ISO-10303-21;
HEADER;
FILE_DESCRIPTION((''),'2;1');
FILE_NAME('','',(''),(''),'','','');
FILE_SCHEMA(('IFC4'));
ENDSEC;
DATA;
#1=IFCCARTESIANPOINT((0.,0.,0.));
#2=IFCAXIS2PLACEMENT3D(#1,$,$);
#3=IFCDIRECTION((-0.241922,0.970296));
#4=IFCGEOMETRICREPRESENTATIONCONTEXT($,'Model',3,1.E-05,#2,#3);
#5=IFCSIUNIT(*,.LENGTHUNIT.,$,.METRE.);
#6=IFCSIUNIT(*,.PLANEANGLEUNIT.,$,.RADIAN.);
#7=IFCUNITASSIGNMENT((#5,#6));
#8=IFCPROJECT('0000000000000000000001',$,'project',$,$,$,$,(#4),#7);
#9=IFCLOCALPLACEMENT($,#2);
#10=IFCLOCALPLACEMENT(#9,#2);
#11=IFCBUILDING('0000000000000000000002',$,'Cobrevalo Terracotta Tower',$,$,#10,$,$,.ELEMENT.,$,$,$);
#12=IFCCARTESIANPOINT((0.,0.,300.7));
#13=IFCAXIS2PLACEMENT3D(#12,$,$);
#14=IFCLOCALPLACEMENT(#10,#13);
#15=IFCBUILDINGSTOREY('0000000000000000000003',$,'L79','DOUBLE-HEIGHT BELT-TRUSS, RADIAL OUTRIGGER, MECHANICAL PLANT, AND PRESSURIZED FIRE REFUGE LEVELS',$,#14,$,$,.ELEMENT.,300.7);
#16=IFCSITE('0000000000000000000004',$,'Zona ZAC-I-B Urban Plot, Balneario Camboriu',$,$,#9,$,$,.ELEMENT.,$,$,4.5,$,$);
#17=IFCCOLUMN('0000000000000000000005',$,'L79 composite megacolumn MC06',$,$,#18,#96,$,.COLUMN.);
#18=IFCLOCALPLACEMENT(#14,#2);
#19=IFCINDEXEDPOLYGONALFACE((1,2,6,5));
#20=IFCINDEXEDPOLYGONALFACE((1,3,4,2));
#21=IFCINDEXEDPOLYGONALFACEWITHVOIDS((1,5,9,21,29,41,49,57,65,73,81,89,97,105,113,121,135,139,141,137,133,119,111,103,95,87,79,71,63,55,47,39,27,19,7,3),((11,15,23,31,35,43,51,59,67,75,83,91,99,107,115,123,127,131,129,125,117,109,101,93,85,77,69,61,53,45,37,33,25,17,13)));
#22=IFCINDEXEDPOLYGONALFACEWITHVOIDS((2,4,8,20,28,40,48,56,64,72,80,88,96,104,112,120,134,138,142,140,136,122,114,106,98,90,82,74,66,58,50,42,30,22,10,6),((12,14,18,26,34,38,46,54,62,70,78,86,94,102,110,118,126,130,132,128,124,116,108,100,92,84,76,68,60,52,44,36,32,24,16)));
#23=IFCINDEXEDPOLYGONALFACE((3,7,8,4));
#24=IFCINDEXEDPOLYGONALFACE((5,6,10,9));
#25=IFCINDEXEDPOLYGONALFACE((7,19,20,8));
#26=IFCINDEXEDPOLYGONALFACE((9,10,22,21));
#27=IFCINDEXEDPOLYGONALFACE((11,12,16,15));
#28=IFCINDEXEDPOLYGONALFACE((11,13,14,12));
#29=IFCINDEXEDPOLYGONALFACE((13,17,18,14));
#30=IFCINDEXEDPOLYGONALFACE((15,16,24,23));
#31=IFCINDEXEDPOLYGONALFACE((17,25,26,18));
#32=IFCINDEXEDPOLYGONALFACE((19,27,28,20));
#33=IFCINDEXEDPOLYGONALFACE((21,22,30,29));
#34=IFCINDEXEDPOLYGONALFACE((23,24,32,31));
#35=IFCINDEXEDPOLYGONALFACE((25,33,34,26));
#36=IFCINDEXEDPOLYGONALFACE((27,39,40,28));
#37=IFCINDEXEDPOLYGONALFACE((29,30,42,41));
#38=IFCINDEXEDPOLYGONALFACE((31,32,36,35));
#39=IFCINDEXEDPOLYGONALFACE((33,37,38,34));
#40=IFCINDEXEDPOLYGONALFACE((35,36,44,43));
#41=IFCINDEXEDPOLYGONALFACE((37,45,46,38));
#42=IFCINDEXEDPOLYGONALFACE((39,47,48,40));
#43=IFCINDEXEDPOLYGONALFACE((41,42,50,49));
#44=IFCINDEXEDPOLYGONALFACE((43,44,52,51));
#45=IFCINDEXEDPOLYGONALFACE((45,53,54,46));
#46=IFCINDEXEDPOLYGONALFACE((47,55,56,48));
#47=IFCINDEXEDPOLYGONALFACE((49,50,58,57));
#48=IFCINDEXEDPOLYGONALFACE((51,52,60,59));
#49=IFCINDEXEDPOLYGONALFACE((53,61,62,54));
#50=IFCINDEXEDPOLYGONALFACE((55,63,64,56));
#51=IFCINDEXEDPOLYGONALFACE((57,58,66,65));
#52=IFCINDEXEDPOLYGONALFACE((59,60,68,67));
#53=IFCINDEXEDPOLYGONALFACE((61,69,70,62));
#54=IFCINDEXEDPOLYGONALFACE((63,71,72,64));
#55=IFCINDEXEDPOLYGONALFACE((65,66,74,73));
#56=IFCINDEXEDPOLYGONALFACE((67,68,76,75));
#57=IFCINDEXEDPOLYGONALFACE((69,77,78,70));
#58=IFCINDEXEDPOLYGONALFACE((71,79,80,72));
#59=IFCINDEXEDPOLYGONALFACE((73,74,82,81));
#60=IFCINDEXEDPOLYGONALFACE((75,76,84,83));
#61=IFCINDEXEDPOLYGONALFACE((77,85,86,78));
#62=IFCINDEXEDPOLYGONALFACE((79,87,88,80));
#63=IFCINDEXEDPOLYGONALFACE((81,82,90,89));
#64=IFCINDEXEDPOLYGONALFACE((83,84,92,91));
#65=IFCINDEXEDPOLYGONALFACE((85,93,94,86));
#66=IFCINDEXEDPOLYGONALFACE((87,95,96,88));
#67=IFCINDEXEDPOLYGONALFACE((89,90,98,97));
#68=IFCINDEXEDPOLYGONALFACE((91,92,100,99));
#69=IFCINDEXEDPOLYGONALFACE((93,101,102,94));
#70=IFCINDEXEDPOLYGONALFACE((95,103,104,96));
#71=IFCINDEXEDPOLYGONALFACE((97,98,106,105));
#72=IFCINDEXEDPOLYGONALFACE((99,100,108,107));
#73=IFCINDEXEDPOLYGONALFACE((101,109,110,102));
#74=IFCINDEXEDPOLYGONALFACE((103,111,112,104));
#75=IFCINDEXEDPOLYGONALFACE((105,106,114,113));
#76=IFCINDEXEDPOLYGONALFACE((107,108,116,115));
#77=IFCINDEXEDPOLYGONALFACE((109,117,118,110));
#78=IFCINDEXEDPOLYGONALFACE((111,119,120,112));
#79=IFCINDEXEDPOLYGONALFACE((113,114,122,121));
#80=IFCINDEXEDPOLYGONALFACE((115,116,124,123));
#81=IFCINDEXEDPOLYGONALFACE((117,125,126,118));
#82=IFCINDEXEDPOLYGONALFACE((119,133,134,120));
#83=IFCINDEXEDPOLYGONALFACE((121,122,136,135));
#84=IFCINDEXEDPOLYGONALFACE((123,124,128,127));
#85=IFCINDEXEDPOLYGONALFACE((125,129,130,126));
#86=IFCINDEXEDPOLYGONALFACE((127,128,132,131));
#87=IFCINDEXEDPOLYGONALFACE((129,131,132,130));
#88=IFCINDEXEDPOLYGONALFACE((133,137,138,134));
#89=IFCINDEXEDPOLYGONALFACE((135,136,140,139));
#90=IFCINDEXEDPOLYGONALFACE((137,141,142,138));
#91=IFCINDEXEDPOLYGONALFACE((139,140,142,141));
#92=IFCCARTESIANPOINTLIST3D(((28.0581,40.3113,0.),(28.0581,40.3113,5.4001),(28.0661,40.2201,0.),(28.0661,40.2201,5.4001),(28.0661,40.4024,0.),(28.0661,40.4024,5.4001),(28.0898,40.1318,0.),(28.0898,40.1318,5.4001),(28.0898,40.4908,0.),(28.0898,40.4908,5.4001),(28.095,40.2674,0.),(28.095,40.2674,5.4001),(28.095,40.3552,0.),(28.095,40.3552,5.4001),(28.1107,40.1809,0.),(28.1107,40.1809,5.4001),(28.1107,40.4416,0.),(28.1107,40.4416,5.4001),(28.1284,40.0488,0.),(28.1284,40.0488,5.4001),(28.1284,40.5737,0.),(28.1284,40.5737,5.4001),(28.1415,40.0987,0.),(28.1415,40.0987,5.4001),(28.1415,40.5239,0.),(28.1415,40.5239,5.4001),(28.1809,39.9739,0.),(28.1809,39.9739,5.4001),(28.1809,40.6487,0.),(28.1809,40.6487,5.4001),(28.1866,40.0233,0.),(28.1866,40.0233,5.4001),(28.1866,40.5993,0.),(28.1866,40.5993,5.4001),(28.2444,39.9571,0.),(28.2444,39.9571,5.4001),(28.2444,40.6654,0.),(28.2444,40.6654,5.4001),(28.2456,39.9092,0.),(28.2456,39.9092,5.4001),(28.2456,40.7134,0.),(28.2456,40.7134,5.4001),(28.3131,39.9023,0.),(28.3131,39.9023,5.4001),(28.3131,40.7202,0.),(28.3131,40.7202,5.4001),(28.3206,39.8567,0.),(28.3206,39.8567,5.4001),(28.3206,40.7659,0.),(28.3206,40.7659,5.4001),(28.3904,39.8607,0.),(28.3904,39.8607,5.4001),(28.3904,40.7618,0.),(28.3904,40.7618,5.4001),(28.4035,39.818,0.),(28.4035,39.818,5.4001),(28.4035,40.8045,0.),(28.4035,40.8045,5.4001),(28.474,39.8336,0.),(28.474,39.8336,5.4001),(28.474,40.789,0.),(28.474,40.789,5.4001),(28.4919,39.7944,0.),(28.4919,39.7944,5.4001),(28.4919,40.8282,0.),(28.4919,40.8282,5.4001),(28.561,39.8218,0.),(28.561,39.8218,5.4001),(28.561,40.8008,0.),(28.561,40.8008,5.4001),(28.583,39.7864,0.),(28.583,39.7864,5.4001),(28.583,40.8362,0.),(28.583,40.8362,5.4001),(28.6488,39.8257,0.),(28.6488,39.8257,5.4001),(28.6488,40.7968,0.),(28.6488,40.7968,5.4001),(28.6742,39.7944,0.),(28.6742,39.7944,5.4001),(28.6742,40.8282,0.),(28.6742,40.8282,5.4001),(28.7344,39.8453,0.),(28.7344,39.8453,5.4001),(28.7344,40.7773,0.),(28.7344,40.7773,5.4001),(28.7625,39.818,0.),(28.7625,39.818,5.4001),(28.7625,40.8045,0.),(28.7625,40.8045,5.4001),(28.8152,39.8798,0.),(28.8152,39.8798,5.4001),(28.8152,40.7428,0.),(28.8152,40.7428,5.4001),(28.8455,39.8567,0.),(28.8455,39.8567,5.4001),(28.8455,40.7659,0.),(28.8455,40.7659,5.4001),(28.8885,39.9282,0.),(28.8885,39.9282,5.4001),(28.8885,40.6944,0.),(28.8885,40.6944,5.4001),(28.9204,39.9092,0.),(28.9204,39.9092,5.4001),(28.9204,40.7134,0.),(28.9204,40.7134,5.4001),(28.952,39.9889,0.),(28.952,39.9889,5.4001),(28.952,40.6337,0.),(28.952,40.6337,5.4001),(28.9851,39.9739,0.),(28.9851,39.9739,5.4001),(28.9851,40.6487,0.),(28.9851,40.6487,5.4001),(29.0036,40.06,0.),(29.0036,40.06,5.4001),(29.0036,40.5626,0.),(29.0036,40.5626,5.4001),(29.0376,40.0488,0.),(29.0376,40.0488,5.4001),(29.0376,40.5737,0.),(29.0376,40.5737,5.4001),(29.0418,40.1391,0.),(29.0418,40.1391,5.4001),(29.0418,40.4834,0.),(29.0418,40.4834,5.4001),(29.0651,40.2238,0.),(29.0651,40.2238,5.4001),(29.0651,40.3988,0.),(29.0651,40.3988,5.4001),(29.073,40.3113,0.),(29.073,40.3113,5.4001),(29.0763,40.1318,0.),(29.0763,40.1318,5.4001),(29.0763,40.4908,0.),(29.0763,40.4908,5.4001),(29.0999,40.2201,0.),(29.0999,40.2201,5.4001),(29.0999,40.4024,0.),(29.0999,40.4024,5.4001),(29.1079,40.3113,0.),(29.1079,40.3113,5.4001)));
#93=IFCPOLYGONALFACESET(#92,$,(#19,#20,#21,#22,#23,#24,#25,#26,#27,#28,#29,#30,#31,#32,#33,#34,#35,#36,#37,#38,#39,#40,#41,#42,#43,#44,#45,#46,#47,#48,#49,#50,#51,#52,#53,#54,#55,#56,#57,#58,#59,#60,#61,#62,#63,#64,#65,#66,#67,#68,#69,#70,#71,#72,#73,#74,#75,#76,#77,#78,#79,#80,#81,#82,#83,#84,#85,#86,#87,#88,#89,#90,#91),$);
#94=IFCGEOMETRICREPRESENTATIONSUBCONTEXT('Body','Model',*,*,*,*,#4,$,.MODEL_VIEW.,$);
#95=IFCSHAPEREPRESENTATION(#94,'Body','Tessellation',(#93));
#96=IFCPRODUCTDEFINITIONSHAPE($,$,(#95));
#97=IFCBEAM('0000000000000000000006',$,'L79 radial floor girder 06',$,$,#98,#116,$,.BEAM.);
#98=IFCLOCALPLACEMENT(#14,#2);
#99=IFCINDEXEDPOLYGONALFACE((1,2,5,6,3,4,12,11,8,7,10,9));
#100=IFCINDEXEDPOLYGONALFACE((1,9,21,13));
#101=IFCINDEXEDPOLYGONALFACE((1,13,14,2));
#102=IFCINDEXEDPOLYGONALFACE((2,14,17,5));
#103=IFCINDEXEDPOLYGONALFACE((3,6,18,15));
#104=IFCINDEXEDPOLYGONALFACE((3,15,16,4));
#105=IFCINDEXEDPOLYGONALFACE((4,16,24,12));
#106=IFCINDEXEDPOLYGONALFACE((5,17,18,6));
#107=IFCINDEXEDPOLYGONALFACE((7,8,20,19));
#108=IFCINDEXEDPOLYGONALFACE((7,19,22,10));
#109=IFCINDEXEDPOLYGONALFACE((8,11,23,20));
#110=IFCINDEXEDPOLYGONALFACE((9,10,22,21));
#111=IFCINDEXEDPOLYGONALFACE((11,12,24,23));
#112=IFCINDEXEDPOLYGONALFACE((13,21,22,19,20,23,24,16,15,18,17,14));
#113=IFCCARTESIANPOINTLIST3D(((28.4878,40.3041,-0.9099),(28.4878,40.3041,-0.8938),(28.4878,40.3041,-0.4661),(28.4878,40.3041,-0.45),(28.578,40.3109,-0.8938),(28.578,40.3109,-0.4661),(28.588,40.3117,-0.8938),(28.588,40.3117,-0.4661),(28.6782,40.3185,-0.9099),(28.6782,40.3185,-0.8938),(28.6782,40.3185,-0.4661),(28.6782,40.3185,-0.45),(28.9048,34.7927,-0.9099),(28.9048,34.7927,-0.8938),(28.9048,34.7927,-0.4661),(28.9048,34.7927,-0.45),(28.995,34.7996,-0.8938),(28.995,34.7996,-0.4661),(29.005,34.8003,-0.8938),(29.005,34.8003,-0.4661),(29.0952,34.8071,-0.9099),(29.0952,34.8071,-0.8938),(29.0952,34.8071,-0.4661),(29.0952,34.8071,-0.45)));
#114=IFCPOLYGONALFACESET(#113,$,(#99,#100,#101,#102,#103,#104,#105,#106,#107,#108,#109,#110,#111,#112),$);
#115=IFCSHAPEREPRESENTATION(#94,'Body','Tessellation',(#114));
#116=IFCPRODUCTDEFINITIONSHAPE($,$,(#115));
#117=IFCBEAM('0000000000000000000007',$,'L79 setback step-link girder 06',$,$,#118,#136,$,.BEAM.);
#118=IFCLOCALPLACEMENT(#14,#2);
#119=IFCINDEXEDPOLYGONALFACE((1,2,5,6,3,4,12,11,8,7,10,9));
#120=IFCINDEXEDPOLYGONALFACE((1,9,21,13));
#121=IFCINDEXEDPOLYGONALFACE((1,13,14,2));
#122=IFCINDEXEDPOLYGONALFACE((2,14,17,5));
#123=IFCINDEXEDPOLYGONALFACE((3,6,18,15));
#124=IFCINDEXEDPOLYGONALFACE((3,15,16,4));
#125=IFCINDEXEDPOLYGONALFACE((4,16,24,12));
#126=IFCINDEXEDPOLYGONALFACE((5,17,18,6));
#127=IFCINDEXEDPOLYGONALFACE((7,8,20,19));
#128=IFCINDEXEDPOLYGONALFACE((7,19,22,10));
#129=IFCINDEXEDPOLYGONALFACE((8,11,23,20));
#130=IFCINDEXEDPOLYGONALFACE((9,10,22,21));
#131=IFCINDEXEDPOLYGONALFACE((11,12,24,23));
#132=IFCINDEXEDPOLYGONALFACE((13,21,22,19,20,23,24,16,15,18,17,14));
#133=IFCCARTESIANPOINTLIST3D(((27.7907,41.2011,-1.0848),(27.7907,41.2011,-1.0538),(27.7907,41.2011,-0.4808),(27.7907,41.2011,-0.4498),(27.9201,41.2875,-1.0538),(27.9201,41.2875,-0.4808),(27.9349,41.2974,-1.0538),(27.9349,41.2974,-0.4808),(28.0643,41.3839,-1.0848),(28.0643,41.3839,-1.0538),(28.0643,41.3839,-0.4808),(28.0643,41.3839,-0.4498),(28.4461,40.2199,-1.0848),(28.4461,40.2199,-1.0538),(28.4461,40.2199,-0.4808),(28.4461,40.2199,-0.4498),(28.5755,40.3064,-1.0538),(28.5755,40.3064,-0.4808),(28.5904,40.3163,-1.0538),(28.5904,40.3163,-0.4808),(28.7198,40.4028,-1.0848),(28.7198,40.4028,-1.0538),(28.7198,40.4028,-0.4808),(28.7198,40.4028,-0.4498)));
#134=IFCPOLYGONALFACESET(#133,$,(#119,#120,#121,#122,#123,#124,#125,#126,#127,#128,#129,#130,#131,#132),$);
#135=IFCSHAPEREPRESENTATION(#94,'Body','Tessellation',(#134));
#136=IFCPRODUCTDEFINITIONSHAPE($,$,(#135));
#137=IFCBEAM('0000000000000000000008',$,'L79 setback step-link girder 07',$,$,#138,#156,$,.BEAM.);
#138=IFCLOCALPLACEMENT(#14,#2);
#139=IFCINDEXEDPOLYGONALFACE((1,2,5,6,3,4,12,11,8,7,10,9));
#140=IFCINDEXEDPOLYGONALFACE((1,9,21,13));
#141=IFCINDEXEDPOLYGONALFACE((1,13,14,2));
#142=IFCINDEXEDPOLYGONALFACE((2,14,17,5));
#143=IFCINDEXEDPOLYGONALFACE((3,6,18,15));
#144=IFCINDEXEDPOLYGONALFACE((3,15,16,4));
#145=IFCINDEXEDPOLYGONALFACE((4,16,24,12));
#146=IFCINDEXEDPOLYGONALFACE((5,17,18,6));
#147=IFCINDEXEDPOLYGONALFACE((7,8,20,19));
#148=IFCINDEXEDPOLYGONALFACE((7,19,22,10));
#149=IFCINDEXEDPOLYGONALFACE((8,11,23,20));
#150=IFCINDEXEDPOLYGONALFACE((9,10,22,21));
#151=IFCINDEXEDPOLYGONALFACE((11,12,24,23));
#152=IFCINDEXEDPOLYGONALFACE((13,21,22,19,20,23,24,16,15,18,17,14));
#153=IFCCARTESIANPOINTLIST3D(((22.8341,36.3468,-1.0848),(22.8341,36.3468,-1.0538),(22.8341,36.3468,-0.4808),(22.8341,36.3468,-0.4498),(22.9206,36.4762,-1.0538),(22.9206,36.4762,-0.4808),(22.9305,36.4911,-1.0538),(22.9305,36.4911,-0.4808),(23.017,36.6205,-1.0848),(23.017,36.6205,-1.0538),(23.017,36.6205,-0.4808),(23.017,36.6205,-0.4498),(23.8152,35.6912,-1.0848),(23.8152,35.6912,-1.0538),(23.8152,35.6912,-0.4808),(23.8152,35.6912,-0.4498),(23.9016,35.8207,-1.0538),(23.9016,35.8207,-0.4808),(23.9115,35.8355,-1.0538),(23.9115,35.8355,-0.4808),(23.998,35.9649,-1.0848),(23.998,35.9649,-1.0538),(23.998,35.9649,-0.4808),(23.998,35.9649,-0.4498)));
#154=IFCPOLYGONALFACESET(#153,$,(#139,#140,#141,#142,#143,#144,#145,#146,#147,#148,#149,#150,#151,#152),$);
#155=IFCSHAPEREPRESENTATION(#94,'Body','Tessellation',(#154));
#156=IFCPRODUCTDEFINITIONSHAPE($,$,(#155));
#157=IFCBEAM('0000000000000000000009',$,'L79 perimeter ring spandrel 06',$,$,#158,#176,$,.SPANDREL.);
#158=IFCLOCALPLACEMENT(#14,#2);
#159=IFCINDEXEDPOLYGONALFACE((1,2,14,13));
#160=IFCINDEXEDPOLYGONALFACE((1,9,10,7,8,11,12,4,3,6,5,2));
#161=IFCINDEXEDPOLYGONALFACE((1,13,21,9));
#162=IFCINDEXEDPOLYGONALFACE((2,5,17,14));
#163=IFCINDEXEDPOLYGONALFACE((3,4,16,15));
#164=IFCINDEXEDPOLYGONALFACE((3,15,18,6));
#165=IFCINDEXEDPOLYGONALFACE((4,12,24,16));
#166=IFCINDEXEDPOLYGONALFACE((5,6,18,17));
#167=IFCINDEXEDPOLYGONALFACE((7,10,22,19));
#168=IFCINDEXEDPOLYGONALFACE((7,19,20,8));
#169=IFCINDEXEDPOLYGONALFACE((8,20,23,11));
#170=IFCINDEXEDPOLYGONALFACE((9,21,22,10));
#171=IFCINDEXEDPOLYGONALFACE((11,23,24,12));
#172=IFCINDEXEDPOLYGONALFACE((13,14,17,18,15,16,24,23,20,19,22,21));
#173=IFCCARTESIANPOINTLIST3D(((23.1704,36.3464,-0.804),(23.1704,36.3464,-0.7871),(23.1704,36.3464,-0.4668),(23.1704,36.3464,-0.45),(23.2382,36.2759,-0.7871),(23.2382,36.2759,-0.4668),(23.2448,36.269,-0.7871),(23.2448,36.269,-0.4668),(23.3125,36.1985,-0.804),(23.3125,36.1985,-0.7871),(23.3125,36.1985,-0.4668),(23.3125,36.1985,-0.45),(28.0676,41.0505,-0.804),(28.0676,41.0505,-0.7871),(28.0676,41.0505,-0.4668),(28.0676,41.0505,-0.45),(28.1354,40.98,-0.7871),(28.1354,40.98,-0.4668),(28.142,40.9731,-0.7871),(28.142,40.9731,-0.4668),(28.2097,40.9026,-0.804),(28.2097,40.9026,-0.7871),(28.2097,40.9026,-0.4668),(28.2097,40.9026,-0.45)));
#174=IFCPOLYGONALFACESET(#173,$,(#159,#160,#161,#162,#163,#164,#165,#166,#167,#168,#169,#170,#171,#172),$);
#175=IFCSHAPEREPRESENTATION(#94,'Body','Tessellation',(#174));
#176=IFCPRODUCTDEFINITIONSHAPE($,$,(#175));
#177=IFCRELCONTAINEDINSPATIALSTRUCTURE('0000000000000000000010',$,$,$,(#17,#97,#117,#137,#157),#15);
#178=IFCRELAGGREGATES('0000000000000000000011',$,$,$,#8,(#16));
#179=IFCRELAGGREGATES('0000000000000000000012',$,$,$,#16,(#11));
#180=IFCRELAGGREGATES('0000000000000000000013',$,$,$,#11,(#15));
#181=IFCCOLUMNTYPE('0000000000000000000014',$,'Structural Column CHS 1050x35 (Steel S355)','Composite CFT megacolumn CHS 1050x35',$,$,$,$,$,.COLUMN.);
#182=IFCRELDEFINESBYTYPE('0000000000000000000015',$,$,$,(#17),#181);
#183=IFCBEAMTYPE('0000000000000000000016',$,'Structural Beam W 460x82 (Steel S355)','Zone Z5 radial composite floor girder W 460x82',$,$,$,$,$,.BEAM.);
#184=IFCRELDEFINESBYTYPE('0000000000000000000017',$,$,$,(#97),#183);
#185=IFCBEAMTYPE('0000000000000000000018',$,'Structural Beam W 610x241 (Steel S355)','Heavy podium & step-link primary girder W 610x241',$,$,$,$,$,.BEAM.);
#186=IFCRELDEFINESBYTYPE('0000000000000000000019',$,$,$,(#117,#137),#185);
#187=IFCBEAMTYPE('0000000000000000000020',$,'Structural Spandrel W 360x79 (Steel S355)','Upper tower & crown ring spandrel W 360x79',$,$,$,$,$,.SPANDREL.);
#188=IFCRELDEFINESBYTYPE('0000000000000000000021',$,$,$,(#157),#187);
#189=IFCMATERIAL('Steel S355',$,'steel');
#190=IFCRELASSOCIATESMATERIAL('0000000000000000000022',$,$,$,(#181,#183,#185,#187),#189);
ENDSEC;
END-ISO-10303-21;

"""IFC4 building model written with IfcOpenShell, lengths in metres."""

from ifc_helpers import new_model, si_unit, direction, frame, origin, origin_2d, place, context, subcontext, project, spatial, hollow_circle, i_section, extrude, material, material_profile, profile_set, type_object, element, save


model = new_model("IFC4")

# Units and contexts
model_context = context("Model", 3, precision=1e-05, world=origin(), true_north=direction((-0.241922, 0.970296)))
body_context = subcontext(model_context, "Body", "Model", "MODEL_VIEW")
ifc_project = project(units=[si_unit("LENGTHUNIT", "METRE"), si_unit("PLANEANGLEUNIT", "RADIAN")], contexts=[model_context])

# Site, building, storey
site_placement = place(None, origin())
site = spatial("IfcSite", under=ifc_project, at=site_placement, Name="Zona ZAC-I-B Urban Plot, Balneario Camboriu", CompositionType="ELEMENT", RefElevation=4.5)
building_placement = place(site_placement, origin())
building = spatial("IfcBuilding", under=site, at=building_placement, Name="Cobrevalo Terracotta Tower", CompositionType="ELEMENT")
storey_placement = place(building_placement, frame((0.0, 0.0, 300.7)))
storey = spatial("IfcBuildingStorey", under=building, at=storey_placement, Name="L79", Description="DOUBLE-HEIGHT BELT-TRUSS, RADIAL OUTRIGGER, MECHANICAL PLANT, AND PRESSURIZED FIRE REFUGE LEVELS", CompositionType="ELEMENT", Elevation=300.7)

# Column
ifc_material_1 = material(Name="Steel S355", Category="steel")
ifc_material_profile_1 = material_profile(ifc_material_1, hollow_circle(Radius=0.5249, WallThickness=0.0349, at=origin_2d()), Name="CHS 1050x35")
ifc_profile_set_1 = profile_set([ifc_material_profile_1], Name="Steel S355")
column_type = type_object("IfcColumnType", Name="Structural Column CHS 1050x35 (Steel S355)", Description="Composite CFT megacolumn CHS 1050x35", PredefinedType="COLUMN", material=ifc_profile_set_1)
column_placement = place(storey_placement, frame((28.583, 40.3113, 0.0), z_axis=(0.0, 0.0, 1.0), x_axis=(1.0, 0.0, 0.0)))
element("IfcColumn", 1, at=column_placement, inside=storey, type_object=column_type, Name="L79 composite megacolumn MC06", PredefinedType="COLUMN", context=body_context, shape_type="SweptSolid", body=[
    extrude(hollow_circle(Radius=0.5249, WallThickness=0.0349, at=origin_2d()), origin(), (0.0, 0.0, 1.0), 5.4001),
])

# Beams
ifc_material_profile_2 = material_profile(ifc_material_1, i_section(OverallWidth=0.1909, OverallDepth=0.46, WebThickness=0.01, FlangeThickness=0.0161, at=origin_2d()), Name="W 460x82")
ifc_profile_set_2 = profile_set([ifc_material_profile_2], Name="Steel S355")
beam_type_1 = type_object("IfcBeamType", Name="Structural Beam W 460x82 (Steel S355)", Description="Zone Z5 radial composite floor girder W 460x82", PredefinedType="BEAM", material=ifc_profile_set_2)
beam_1_placement = place(storey_placement, frame((28.583, 40.3113, -0.6799), z_axis=(0.075447, -0.99715, 0.0), x_axis=(0.99715, 0.075447, 0.0)))
element("IfcBeam", 2, at=beam_1_placement, inside=storey, type_object=beam_type_1, Name="L79 radial floor girder 06", PredefinedType="BEAM", context=body_context, shape_type="SweptSolid", body=[
    extrude(i_section(OverallWidth=0.1909, OverallDepth=0.46, WebThickness=0.01, FlangeThickness=0.0161, at=origin_2d()), origin(), (0.0, 0.0, 1.0), 5.5271),
])
ifc_material_profile_3 = material_profile(ifc_material_1, i_section(OverallWidth=0.3291, OverallDepth=0.635, WebThickness=0.0178, FlangeThickness=0.031, at=origin_2d()), Name="W 610x241")
ifc_profile_set_3 = profile_set([ifc_material_profile_3], Name="Steel S355")
beam_type_2 = type_object("IfcBeamType", Name="Structural Beam W 610x241 (Steel S355)", Description="Heavy podium & step-link primary girder W 610x241", PredefinedType="BEAM", material=ifc_profile_set_3)
for number, where, z_axis, x_axis, name in (
    (3, (27.9275, 41.2925, -0.7673), (0.555512, -0.831509, 0.0), (0.831509, 0.555512, 0.0), "L79 setback step-link girder 06"),
    (4, (22.9255, 36.4836, -0.7673), (0.831445, -0.555607, 0.0), (0.555607, 0.831445, 0.0), "L79 setback step-link girder 07"),
):
    element("IfcBeam", number, at=place(storey_placement, frame(where, z_axis=z_axis, x_axis=x_axis)), inside=storey, type_object=beam_type_2, Name=name, PredefinedType="BEAM", context=body_context, shape_type="SweptSolid", body=[
        extrude(i_section(OverallWidth=0.3291, OverallDepth=0.635, WebThickness=0.0178, FlangeThickness=0.031, at=origin_2d()), origin(), (0.0, 0.0, 1.0), 1.1799),
    ])
ifc_material_profile_4 = material_profile(ifc_material_1, i_section(OverallWidth=0.2051, OverallDepth=0.354, WebThickness=0.0095, FlangeThickness=0.0168, at=origin_2d()), Name="W 360x79")
ifc_profile_set_4 = profile_set([ifc_material_profile_4], Name="Steel S355")
beam_type_3 = type_object("IfcBeamType", Name="Structural Spandrel W 360x79 (Steel S355)", Description="Upper tower & crown ring spandrel W 360x79", PredefinedType="SPANDREL", material=ifc_profile_set_4)
beam_2_placement = place(storey_placement, frame((28.1387, 40.9766, -0.627), z_axis=(-0.721183, -0.692744, 0.0), x_axis=(0.692744, -0.721183, 0.0)))
element("IfcBeam", 5, at=beam_2_placement, inside=storey, type_object=beam_type_3, Name="L79 perimeter ring spandrel 06", PredefinedType="SPANDREL", context=body_context, shape_type="SweptSolid", body=[
    extrude(i_section(OverallWidth=0.2051, OverallDepth=0.354, WebThickness=0.0095, FlangeThickness=0.0168, at=origin_2d()), origin(), (0.0, 0.0, 1.0), 6.7905),
])

save(model, "model.ifc")
